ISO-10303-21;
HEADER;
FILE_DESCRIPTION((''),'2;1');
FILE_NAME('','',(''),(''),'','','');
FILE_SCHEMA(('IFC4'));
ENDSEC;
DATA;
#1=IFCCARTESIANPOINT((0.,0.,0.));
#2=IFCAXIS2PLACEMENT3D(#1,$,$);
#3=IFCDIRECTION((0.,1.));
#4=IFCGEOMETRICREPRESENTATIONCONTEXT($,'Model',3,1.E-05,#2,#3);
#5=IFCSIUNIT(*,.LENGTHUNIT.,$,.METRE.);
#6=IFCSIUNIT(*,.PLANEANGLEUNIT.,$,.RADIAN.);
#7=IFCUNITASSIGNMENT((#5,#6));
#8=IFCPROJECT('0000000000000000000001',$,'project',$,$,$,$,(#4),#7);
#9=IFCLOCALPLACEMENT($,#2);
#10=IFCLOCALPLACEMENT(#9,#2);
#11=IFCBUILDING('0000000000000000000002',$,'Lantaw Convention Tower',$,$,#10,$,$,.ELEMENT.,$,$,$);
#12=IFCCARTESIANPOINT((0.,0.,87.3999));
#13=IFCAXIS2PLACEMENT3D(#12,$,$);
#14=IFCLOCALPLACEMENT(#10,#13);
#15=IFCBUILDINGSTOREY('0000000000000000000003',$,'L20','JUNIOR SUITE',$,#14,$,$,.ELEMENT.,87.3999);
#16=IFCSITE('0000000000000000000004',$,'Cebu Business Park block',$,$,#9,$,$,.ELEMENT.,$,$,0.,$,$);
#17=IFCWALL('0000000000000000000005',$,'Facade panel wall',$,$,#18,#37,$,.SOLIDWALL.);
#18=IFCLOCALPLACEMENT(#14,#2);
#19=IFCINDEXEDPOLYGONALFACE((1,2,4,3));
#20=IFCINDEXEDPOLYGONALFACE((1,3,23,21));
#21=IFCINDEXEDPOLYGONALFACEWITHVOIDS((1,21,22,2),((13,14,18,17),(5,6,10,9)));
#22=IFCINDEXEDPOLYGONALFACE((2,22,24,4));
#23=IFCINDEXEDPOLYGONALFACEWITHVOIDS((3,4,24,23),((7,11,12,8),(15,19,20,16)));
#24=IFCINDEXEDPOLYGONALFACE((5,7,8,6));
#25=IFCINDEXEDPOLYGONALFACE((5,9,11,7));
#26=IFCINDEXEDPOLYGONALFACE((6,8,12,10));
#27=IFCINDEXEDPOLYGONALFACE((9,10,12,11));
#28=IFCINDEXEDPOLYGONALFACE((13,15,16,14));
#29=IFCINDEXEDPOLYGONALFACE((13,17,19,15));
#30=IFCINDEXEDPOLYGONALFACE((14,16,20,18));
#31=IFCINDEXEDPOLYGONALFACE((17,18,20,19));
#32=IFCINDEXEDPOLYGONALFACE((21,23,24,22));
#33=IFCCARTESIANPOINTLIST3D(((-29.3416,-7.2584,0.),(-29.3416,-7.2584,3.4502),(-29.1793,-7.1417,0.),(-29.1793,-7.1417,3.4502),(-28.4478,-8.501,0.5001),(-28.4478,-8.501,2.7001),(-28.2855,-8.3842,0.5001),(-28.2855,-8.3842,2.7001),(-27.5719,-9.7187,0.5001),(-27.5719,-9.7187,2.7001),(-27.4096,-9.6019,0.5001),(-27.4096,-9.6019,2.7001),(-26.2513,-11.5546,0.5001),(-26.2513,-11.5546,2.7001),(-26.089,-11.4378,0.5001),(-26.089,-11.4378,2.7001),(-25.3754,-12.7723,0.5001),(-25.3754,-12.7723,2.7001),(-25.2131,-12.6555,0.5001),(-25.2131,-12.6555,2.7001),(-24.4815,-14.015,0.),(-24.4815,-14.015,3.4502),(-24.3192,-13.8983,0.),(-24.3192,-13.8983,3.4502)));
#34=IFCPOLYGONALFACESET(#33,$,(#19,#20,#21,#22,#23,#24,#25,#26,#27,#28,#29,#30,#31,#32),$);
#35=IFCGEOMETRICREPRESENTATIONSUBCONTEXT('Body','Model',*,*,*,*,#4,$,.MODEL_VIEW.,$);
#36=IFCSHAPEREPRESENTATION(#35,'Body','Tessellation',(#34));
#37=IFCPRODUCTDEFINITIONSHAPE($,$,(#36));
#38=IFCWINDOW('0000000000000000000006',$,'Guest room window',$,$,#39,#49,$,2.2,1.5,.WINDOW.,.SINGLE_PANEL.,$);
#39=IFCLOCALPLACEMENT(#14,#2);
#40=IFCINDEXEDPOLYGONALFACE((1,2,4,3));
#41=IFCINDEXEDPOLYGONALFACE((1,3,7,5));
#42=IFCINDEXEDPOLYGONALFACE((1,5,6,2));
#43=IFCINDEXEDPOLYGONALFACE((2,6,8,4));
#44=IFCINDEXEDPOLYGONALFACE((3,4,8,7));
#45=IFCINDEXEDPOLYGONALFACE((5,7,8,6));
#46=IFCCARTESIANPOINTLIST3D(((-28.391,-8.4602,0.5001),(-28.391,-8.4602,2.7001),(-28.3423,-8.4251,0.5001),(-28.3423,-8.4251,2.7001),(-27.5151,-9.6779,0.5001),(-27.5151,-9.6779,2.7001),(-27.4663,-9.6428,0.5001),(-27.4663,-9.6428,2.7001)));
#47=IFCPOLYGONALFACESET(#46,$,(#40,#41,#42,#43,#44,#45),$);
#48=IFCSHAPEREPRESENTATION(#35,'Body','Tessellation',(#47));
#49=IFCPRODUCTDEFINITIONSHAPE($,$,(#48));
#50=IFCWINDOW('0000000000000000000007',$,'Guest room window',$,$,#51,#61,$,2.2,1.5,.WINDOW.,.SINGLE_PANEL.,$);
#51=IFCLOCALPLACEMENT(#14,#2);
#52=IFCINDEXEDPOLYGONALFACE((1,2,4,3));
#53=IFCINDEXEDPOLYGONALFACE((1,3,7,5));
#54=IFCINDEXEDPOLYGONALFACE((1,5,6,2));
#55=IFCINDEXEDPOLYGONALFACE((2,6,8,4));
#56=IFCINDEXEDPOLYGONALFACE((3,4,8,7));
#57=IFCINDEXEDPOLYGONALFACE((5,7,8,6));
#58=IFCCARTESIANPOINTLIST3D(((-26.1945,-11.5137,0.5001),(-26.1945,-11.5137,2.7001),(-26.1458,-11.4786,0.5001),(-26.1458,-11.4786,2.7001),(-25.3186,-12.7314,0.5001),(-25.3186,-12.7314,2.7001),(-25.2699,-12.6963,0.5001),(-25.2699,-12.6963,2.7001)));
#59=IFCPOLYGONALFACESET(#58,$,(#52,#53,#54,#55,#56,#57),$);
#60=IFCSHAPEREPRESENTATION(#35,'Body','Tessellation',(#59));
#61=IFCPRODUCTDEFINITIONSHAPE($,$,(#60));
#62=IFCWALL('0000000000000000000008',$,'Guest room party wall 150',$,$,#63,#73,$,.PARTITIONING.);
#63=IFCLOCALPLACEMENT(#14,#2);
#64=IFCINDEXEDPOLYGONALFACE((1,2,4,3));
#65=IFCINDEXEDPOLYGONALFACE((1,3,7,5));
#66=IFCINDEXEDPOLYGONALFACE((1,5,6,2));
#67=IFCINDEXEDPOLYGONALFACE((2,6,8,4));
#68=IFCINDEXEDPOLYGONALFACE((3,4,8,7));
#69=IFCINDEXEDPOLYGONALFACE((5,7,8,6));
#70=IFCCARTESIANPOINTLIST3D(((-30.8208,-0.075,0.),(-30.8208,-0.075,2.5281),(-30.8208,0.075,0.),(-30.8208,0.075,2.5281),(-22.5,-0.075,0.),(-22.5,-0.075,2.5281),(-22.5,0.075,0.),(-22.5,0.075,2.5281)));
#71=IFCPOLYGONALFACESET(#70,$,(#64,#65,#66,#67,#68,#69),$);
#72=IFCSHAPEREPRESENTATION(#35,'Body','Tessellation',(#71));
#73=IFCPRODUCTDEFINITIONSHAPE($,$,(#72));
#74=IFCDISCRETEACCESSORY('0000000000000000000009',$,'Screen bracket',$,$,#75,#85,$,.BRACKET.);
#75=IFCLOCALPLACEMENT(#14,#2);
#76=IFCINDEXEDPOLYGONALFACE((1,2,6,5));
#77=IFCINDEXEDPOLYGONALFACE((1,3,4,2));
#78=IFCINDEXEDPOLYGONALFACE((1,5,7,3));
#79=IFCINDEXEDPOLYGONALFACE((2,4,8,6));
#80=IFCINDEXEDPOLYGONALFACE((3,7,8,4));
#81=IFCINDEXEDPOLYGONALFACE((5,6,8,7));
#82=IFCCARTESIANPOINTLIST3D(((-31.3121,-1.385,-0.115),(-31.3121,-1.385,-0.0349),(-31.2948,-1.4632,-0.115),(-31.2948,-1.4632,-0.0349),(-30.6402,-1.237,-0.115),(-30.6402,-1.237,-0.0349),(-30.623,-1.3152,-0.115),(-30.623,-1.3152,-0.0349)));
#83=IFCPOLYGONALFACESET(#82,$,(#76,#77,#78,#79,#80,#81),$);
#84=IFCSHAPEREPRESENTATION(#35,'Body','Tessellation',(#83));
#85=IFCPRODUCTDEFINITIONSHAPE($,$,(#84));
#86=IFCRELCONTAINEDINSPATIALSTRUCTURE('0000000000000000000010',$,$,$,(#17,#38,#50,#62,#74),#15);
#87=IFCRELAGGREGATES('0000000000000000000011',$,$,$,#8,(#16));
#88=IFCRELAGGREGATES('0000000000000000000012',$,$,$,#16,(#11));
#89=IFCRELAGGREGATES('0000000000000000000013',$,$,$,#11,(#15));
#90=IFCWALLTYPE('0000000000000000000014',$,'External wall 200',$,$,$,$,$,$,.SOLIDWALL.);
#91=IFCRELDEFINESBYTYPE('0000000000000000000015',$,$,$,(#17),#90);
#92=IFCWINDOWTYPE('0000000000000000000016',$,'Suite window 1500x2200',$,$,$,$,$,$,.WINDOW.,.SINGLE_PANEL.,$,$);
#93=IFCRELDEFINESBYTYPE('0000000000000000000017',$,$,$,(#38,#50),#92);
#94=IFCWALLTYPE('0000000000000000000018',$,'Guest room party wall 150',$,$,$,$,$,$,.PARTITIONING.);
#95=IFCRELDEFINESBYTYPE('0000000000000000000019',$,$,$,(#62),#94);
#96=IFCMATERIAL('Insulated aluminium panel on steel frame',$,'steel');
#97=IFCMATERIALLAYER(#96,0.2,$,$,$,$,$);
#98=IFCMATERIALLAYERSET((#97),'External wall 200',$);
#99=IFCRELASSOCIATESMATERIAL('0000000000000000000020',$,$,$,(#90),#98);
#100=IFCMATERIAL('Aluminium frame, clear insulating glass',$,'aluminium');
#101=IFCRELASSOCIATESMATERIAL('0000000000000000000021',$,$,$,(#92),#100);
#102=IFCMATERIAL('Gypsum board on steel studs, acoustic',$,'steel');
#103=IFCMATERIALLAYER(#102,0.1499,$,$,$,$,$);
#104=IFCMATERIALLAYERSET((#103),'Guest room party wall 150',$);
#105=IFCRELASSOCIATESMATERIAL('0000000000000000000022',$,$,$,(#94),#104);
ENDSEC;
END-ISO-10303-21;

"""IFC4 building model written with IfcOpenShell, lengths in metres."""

from ifc_helpers import new_model, si_unit, direction, frame, frame_2d, origin, origin_2d, place, context, subcontext, project, spatial, rectangle, extrude, material, layer, layer_set, type_object, element, fill, save


model = new_model("IFC4")

# Units and contexts
model_context = context("Model", 3, precision=1e-05, world=origin(), true_north=direction((0.0, 1.0)))
body_context = subcontext(model_context, "Body", "Model", "MODEL_VIEW")
ifc_project = project(units=[si_unit("LENGTHUNIT", "METRE"), si_unit("PLANEANGLEUNIT", "RADIAN")], contexts=[model_context])

# Site, building, storey
site_placement = place(None, origin())
site = spatial("IfcSite", under=ifc_project, at=site_placement, Name="Cebu Business Park block", CompositionType="ELEMENT", RefElevation=0.0)
building_placement = place(site_placement, origin())
building = spatial("IfcBuilding", under=site, at=building_placement, Name="Lantaw Convention Tower", CompositionType="ELEMENT")
storey_placement = place(building_placement, frame((0.0, 0.0, 87.3999)))
storey = spatial("IfcBuildingStorey", under=building, at=storey_placement, Name="L20", Description="JUNIOR SUITE", CompositionType="ELEMENT", Elevation=87.3999)

# Wall, openings, windows
ifc_material_1 = material(Name="Insulated aluminium panel on steel frame", Category="steel")
ifc_layer_1 = layer(ifc_material_1, 0.2)
ifc_layer_set_1 = layer_set([ifc_layer_1], Name="External wall 200")
wall_type_1 = type_object("IfcWallType", Name="External wall 200", PredefinedType="SOLIDWALL", material=ifc_layer_set_1)
wall_1_placement = place(storey_placement, frame((-29.2605, -7.2, 0.0), z_axis=(0.0, 0.0, 1.0), x_axis=(0.583938, -0.811799, 0.0)))
wall_1 = element("IfcWall", 1, at=wall_1_placement, inside=storey, type_object=wall_type_1, Name="Facade panel wall", PredefinedType="SOLIDWALL", context=body_context, shape_type="SweptSolid", body=[
    extrude(rectangle(XDim=8.323, YDim=0.2, at=frame_2d((4.1616, 0.0))), origin(), (0.0, 0.0, 1.0), 3.4502),
])
opening_1_placement = place(wall_1_placement, frame((1.5308, 0.0, 0.5)))
opening_1 = element("IfcOpeningElement", 2, at=opening_1_placement, cuts=wall_1, PredefinedType="OPENING", context=body_context, shape_type="SweptSolid", body=[
    extrude(rectangle(XDim=1.5, YDim=2.2, at=frame_2d((0.75, 1.1001))), frame((0.0, 0.1099, 0.0), z_axis=(0.0, -1.0, 0.0), x_axis=(1.0, 0.0, 0.0)), (0.0, 0.0, 1.0), 0.22),
])
opening_2_placement = place(wall_1_placement, frame((5.2922, 0.0, 0.5)))
opening_2 = element("IfcOpeningElement", 3, at=opening_2_placement, cuts=wall_1, PredefinedType="OPENING", context=body_context, shape_type="SweptSolid", body=[
    extrude(rectangle(XDim=1.5, YDim=2.2, at=frame_2d((0.75, 1.1001))), frame((0.0, 0.1099, 0.0), z_axis=(0.0, -1.0, 0.0), x_axis=(1.0, 0.0, 0.0)), (0.0, 0.0, 1.0), 0.22),
])
ifc_material_2 = material(Name="Aluminium frame, clear insulating glass", Category="aluminium")
window_type = type_object("IfcWindowType", Name="Suite window 1500x2200", PartitioningType="SINGLE_PANEL", PredefinedType="WINDOW", material=ifc_material_2)
window_1_placement = place(opening_1_placement, origin())
window_1 = element("IfcWindow", 4, at=window_1_placement, inside=storey, type_object=window_type, Name="Guest room window", OverallHeight=2.2, OverallWidth=1.5, PartitioningType="SINGLE_PANEL", PredefinedType="WINDOW", context=body_context, shape_type="SweptSolid", body=[
    extrude(rectangle(XDim=1.5, YDim=2.2, at=frame_2d((0.75, 1.1001))), frame((0.0, 0.03, 0.0), z_axis=(0.0, -1.0, 0.0), x_axis=(1.0, 0.0, 0.0)), (0.0, 0.0, 1.0), 0.0601),
])
fill(opening_1, window_1)
window_2_placement = place(opening_2_placement, origin())
window_2 = element("IfcWindow", 5, at=window_2_placement, inside=storey, type_object=window_type, Name="Guest room window", OverallHeight=2.2, OverallWidth=1.5, PartitioningType="SINGLE_PANEL", PredefinedType="WINDOW", context=body_context, shape_type="SweptSolid", body=[
    extrude(rectangle(XDim=1.5, YDim=2.2, at=frame_2d((0.75, 1.1001))), frame((0.0, 0.03, 0.0), z_axis=(0.0, -1.0, 0.0), x_axis=(1.0, 0.0, 0.0)), (0.0, 0.0, 1.0), 0.0601),
])
fill(opening_2, window_2)

# Wall
ifc_material_3 = material(Name="Gypsum board on steel studs, acoustic", Category="steel")
ifc_layer_2 = layer(ifc_material_3, 0.1499)
ifc_layer_set_2 = layer_set([ifc_layer_2], Name="Guest room party wall 150")
wall_type_2 = type_object("IfcWallType", Name="Guest room party wall 150", PredefinedType="PARTITIONING", material=ifc_layer_set_2)
wall_2_placement = place(storey_placement, frame((-30.8208, 0.0, 0.0), z_axis=(0.0, 0.0, 1.0), x_axis=(1.0, 0.0, 0.0)))
element("IfcWall", 6, at=wall_2_placement, inside=storey, type_object=wall_type_2, Name="Guest room party wall 150", PredefinedType="PARTITIONING", context=body_context, shape_type="SweptSolid", body=[
    extrude(rectangle(XDim=8.3208, YDim=0.1499, at=frame_2d((4.1604, 0.0))), origin(), (0.0, 0.0, 1.0), 2.5281),
])

# Discrete accessory
discrete_accessory_placement = place(storey_placement, frame((-30.9675, -1.3501, -0.115), z_axis=(0.0, 0.0, 1.0), x_axis=(0.215246, -0.97656, 0.0)))
element("IfcDiscreteAccessory", 7, at=discrete_accessory_placement, inside=storey, Name="Screen bracket", PredefinedType="BRACKET", context=body_context, shape_type="SweptSolid", body=[
    extrude(rectangle(XDim=0.0801, YDim=0.688, at=origin_2d()), origin(), (0.0, 0.0, 1.0), 0.0801),
])

save(model, "model.ifc")
